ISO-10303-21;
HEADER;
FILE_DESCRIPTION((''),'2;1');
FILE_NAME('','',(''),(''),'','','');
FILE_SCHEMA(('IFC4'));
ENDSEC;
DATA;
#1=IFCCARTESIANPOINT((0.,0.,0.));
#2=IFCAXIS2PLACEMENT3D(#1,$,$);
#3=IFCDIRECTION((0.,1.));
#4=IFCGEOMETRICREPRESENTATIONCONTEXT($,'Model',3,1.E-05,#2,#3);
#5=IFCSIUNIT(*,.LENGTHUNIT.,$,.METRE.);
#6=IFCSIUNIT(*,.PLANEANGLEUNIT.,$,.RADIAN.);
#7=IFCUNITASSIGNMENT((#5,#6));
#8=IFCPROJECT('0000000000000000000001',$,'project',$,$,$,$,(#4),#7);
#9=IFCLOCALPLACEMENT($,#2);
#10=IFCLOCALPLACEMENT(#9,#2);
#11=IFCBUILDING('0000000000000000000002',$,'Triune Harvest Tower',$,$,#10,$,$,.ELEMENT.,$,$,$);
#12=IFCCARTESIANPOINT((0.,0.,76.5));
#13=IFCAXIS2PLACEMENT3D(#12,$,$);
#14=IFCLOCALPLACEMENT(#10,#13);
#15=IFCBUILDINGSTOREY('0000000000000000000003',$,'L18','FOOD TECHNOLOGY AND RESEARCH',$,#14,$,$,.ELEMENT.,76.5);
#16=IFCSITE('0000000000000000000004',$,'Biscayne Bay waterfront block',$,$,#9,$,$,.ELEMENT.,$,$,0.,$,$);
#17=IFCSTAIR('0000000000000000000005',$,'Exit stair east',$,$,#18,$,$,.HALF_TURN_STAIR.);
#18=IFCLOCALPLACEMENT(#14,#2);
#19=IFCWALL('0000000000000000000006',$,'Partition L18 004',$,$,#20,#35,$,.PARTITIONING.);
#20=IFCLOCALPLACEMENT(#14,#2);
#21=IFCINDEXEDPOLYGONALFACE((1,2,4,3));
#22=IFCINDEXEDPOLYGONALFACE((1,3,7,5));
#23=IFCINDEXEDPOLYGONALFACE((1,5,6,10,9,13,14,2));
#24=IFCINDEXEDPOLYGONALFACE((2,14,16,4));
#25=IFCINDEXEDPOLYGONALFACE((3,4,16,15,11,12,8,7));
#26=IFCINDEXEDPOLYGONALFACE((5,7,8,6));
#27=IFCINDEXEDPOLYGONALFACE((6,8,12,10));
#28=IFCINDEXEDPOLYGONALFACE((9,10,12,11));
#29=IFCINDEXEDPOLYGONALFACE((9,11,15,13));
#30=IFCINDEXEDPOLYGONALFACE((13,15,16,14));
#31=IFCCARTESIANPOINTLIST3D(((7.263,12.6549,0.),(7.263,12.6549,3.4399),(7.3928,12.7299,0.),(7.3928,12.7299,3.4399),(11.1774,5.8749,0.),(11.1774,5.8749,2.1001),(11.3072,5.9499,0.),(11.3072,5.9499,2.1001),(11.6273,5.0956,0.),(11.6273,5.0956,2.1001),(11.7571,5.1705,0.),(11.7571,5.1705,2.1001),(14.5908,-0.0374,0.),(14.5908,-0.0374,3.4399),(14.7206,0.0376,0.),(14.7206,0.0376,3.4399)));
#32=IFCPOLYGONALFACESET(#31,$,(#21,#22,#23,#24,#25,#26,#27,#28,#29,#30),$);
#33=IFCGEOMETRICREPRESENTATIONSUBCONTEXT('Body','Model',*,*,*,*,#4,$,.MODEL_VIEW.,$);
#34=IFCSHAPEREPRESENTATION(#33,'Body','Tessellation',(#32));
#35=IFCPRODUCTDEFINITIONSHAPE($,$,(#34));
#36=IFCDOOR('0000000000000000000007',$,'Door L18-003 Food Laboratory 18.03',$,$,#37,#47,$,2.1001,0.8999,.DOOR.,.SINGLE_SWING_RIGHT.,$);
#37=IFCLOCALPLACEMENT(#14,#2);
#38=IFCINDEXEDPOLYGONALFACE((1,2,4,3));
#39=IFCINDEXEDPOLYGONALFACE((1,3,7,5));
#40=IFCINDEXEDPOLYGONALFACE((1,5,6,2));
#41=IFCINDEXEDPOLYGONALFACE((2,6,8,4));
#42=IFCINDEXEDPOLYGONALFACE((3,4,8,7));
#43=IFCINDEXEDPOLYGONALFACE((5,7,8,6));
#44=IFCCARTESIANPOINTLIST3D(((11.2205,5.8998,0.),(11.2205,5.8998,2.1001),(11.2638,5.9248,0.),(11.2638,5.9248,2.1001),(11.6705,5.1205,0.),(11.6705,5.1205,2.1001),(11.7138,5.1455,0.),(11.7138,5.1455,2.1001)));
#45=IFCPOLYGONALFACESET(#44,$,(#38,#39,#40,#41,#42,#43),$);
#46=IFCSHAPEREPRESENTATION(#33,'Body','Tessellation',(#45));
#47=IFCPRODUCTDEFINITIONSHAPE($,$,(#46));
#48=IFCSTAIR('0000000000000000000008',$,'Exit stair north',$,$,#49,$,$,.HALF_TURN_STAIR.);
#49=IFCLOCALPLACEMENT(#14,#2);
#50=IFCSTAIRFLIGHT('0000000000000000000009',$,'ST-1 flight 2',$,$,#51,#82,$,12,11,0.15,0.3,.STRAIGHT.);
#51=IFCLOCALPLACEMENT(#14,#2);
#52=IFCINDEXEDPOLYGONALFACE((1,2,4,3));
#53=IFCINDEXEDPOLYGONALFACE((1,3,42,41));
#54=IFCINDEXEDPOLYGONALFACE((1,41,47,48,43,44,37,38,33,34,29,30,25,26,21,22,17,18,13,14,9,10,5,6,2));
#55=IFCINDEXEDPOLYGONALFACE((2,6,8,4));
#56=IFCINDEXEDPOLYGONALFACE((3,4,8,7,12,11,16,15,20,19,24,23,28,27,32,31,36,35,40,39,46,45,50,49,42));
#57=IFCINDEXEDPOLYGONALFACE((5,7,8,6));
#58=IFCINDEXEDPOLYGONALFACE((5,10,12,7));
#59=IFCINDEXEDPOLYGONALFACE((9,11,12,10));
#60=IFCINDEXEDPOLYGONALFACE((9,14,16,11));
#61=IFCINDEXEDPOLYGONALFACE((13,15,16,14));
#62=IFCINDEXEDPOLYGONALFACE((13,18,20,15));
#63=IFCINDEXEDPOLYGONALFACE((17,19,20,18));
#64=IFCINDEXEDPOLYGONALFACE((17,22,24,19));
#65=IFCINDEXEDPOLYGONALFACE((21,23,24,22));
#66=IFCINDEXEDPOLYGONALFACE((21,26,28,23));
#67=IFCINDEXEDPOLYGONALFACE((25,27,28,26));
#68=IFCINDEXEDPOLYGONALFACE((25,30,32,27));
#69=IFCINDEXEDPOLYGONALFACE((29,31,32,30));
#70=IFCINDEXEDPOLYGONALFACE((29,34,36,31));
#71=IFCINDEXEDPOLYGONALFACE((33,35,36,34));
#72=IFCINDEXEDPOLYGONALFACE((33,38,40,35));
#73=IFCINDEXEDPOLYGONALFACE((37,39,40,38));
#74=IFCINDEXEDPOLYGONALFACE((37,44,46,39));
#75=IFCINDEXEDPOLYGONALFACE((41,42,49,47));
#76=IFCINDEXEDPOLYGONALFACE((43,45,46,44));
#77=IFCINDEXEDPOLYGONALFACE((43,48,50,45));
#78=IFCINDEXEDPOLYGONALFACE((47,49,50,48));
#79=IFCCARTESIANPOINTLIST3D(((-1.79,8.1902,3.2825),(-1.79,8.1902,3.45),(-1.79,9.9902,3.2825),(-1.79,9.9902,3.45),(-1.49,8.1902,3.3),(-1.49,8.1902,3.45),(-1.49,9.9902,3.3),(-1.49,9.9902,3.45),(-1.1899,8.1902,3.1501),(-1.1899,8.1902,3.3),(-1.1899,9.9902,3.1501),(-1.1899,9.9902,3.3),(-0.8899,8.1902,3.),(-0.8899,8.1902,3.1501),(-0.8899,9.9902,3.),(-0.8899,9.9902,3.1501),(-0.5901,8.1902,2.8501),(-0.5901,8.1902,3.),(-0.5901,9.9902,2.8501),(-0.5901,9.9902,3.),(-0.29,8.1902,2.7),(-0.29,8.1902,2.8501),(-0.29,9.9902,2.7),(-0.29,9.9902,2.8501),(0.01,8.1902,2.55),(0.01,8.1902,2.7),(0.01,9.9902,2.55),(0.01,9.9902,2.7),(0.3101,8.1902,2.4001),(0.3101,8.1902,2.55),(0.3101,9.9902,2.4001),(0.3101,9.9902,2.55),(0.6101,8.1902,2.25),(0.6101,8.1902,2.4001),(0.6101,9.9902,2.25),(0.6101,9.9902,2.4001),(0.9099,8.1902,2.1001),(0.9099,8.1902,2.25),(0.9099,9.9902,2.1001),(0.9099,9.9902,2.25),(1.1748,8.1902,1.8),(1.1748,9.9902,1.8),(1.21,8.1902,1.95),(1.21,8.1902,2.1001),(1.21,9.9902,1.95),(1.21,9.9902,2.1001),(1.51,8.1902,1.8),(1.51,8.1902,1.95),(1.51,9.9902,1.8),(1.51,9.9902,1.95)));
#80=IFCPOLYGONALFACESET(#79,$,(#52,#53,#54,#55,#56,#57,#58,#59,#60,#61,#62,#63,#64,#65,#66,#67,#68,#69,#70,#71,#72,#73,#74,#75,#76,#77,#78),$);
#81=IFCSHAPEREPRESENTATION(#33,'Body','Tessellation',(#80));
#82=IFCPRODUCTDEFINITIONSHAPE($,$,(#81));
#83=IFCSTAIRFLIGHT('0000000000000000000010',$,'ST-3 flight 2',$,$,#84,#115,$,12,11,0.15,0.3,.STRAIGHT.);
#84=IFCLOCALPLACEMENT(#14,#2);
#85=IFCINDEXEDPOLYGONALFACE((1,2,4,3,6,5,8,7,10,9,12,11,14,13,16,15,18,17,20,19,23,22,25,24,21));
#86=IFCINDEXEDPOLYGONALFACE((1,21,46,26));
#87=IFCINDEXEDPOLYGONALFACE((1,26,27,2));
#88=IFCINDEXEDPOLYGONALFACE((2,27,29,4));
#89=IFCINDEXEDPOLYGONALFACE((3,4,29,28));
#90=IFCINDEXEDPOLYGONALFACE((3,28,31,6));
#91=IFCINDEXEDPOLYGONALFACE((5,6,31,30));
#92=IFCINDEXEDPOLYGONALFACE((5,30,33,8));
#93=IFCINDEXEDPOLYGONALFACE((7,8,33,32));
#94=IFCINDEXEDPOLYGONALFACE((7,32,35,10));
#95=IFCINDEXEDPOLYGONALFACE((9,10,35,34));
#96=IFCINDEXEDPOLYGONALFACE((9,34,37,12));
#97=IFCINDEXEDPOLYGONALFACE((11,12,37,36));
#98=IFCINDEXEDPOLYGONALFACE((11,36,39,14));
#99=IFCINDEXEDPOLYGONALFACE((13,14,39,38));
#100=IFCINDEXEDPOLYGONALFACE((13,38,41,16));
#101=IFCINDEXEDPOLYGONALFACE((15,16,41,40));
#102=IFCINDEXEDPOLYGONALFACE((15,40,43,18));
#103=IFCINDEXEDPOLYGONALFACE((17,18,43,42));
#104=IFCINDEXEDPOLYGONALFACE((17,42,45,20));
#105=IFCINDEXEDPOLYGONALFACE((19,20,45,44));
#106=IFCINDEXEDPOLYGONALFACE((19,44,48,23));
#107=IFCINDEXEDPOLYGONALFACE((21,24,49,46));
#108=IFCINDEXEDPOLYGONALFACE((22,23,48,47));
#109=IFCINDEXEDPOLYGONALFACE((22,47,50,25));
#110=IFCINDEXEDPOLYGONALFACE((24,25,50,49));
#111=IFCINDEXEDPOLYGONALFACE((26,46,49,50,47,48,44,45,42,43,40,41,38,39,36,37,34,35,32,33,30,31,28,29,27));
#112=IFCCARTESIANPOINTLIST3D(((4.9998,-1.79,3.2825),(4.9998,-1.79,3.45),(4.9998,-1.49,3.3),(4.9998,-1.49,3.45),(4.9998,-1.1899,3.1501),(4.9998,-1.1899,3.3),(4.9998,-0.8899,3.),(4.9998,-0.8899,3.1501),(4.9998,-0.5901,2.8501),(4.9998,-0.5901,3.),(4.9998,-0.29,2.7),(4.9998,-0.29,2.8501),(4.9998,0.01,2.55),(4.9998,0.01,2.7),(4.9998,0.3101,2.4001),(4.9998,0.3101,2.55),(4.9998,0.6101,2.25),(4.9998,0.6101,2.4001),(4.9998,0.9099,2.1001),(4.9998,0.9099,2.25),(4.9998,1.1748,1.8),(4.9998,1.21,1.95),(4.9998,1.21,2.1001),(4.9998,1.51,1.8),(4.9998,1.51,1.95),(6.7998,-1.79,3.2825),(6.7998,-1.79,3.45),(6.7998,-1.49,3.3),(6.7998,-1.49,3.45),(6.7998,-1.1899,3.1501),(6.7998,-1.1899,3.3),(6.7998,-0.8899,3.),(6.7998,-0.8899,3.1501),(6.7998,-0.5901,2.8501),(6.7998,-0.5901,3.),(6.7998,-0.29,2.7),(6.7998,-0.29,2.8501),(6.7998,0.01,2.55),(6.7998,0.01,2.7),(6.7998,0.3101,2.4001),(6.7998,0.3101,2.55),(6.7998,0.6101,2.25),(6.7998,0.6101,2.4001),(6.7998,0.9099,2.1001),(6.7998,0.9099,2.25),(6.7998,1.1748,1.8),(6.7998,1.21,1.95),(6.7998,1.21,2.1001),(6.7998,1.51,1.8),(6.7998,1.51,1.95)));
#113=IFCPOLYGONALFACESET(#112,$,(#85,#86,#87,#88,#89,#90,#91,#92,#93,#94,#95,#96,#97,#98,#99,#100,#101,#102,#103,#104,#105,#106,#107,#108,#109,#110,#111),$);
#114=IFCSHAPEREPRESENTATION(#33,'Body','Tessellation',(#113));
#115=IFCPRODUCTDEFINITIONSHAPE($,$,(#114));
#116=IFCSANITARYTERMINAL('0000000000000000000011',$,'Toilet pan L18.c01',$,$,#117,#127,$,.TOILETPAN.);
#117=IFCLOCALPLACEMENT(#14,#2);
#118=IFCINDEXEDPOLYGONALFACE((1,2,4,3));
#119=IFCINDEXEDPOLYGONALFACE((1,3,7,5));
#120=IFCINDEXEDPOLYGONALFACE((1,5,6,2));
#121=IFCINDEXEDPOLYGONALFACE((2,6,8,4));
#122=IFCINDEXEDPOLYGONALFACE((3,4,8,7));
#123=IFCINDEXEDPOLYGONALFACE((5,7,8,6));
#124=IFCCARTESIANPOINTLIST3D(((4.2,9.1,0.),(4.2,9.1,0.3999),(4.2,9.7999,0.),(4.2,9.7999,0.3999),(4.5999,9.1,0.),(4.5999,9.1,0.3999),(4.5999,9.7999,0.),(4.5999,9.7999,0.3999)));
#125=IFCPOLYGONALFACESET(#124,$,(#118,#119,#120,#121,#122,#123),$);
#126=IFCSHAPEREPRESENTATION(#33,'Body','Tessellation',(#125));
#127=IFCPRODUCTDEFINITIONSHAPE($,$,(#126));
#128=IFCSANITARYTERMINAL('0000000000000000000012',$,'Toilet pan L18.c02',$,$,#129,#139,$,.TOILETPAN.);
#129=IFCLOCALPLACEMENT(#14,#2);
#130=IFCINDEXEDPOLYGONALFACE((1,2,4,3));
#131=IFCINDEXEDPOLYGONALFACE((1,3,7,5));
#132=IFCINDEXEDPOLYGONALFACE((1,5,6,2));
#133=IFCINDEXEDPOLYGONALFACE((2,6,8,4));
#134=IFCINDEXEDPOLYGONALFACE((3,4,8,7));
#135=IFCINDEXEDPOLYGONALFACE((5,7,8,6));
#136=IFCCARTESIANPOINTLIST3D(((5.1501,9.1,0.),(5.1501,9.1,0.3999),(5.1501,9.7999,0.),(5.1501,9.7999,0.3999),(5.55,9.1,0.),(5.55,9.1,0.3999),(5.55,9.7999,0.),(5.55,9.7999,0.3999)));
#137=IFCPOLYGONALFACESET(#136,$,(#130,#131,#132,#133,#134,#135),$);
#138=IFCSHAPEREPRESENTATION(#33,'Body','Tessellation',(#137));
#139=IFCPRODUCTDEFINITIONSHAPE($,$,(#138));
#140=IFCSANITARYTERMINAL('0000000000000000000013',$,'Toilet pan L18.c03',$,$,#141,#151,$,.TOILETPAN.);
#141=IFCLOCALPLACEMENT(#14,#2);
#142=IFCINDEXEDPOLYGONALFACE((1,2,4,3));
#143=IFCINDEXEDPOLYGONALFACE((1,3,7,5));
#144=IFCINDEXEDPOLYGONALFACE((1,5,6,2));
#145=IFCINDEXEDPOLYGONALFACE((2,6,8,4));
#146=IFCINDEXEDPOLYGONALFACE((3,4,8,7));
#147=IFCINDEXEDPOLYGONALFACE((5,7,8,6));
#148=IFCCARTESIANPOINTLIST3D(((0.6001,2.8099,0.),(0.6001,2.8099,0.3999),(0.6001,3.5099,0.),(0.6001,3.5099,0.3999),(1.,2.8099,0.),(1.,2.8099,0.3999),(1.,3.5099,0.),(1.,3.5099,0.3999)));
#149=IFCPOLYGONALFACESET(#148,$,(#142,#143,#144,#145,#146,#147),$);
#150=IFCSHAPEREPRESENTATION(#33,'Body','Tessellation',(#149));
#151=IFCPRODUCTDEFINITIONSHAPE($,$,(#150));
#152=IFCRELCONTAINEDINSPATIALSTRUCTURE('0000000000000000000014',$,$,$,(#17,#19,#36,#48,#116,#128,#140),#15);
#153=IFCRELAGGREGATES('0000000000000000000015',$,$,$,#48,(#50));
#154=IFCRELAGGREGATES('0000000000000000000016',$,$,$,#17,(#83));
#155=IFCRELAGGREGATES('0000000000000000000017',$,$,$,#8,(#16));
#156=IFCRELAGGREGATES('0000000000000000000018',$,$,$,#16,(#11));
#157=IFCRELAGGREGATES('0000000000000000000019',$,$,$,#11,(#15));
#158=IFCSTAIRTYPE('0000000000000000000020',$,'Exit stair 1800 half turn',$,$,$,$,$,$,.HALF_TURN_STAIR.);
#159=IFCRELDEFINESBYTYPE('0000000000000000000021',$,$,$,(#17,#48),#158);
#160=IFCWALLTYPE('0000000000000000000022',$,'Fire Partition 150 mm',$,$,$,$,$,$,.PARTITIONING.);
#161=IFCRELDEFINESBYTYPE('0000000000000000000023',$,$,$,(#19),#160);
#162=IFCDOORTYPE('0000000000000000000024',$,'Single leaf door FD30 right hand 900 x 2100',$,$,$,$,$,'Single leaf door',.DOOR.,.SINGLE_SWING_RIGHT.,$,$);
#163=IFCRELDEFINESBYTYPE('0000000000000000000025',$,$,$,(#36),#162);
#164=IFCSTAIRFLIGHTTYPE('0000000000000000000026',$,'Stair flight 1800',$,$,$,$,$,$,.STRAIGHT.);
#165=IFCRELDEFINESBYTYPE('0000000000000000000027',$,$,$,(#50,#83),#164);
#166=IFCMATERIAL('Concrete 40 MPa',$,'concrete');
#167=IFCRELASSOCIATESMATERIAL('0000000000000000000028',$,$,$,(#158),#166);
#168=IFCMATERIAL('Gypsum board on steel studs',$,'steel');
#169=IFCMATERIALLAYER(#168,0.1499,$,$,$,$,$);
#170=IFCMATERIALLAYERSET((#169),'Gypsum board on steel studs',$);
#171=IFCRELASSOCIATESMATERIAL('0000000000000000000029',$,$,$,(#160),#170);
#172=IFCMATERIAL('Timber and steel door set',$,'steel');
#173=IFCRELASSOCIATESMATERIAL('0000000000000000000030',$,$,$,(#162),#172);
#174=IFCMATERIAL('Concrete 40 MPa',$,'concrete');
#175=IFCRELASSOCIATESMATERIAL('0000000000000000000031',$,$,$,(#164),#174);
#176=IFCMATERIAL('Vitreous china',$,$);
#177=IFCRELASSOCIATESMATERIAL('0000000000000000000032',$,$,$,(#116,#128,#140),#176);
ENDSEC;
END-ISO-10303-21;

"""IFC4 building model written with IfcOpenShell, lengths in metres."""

from ifc_helpers import new_model, si_unit, direction, frame, frame_2d, origin, origin_2d, place, context, subcontext, project, spatial, polyline, rectangle, outline, extrude, source, transform, mapped, material, layer, layer_set, type_object, element, fill, aggregate, save


model = new_model("IFC4")

# Units and contexts
model_context = context("Model", 3, precision=1e-05, world=origin(), true_north=direction((0.0, 1.0)))
body_context = subcontext(model_context, "Body", "Model", "MODEL_VIEW")
ifc_project = project(units=[si_unit("LENGTHUNIT", "METRE"), si_unit("PLANEANGLEUNIT", "RADIAN")], contexts=[model_context])

# Site, building, storey
site_placement = place(None, origin())
site = spatial("IfcSite", under=ifc_project, at=site_placement, Name="Biscayne Bay waterfront block", CompositionType="ELEMENT", RefElevation=0.0)
building_placement = place(site_placement, origin())
building = spatial("IfcBuilding", under=site, at=building_placement, Name="Triune Harvest Tower", CompositionType="ELEMENT")
storey_placement = place(building_placement, frame((0.0, 0.0, 76.5)))
storey = spatial("IfcBuildingStorey", under=building, at=storey_placement, Name="L18", Description="FOOD TECHNOLOGY AND RESEARCH", CompositionType="ELEMENT", Elevation=76.5)

# Shared definitions
ifc_material_1 = material(Name="Concrete 40 MPa", Category="concrete")
stair_type = type_object("IfcStairType", Name="Exit stair 1800 half turn", PredefinedType="HALF_TURN_STAIR", material=ifc_material_1)

# Stair
stair_1_placement = place(storey_placement, origin())
stair_1 = element("IfcStair", 1, at=stair_1_placement, inside=storey, type_object=stair_type, Name="Exit stair east", PredefinedType="HALF_TURN_STAIR")

# Wall, opening, door
ifc_material_2 = material(Name="Gypsum board on steel studs", Category="steel")
ifc_layer_1 = layer(ifc_material_2, 0.1499)
ifc_layer_set_1 = layer_set([ifc_layer_1], Name="Gypsum board on steel studs")
wall_type_1 = type_object("IfcWallType", Name="Fire Partition 150 mm", PredefinedType="PARTITIONING", material=ifc_layer_set_1)
shared_shape_1 = source(origin(), body_context, "Body", "SweptSolid", [
    extrude(rectangle(XDim=14.6558, YDim=0.1499, at=frame_2d((7.3279, 0.0))), origin(), (0.0, 0.0, 1.0), 3.4399),
])
wall_1_placement = place(storey_placement, frame((7.3279, 12.6924, 0.0), z_axis=(0.0, 0.0, 1.0), x_axis=(0.499996, -0.866027, 0.0)))
wall_1 = element("IfcWall", 2, at=wall_1_placement, inside=storey, type_object=wall_type_1, Name="Partition L18 004", PredefinedType="PARTITIONING", context=body_context, shape_type="MappedRepresentation", body=[
    mapped(shared_shape_1, transform((0.0, 0.0, 0.0), scale=1.0)),
])
opening_1_placement = place(wall_1_placement, frame((7.8289, 0.0, 0.0)))
opening_1 = element("IfcOpeningElement", 3, at=opening_1_placement, cuts=wall_1, PredefinedType="OPENING", context=body_context, shape_type="SweptSolid", body=[
    extrude(rectangle(XDim=0.8999, YDim=2.1001, at=frame_2d((0.45, 1.05))), frame((0.0, 0.085, 0.0), z_axis=(0.0, -1.0, 0.0), x_axis=(1.0, 0.0, 0.0)), (0.0, 0.0, 1.0), 0.1699),
])
ifc_material_3 = material(Name="Timber and steel door set", Category="steel")
door_type_1 = type_object("IfcDoorType", Name="Single leaf door FD30 right hand 900 x 2100", ElementType="Single leaf door", OperationType="SINGLE_SWING_RIGHT", PredefinedType="DOOR", material=ifc_material_3)
door_1_placement = place(opening_1_placement, origin())
door_1 = element("IfcDoor", 4, at=door_1_placement, inside=storey, type_object=door_type_1, Name="Door L18-003 Food Laboratory 18.03", OperationType="SINGLE_SWING_RIGHT", OverallHeight=2.1001, OverallWidth=0.8999, PredefinedType="DOOR", context=body_context, shape_type="SweptSolid", body=[
    extrude(rectangle(XDim=0.8999, YDim=2.1001, at=frame_2d((0.45, 1.05))), frame((0.0, 0.0249, 0.0), z_axis=(0.0, -1.0, 0.0), x_axis=(1.0, 0.0, 0.0)), (0.0, 0.0, 1.0), 0.05),
])
fill(opening_1, door_1)

# Stair, stair flight
stair_2_placement = place(storey_placement, origin())
stair_2 = element("IfcStair", 5, at=stair_2_placement, inside=storey, type_object=stair_type, Name="Exit stair north", PredefinedType="HALF_TURN_STAIR")
ifc_material_4 = material(Name="Concrete 40 MPa", Category="concrete")
stair_flight_type = type_object("IfcStairFlightType", Name="Stair flight 1800", PredefinedType="STRAIGHT", material=ifc_material_4)
shared_shape_2 = source(origin(), body_context, "Body", "SweptSolid", [
    extrude(outline(polyline([(0.0, 0.0), (0.0, 0.1499), (0.3, 0.1499), (0.3, 0.3), (0.6001, 0.3), (0.6001, 0.45), (0.8999, 0.45), (0.8999, 0.6001), (1.2, 0.6001), (1.2, 0.75), (1.5, 0.75), (1.5, 0.8999), (1.8, 0.8999), (1.8, 1.05), (2.1001, 1.05), (2.1001, 1.2), (2.3999, 1.2), (2.3999, 1.3501), (2.7, 1.3501), (2.7, 1.5), (3.0, 1.5), (3.0, 1.6499), (3.3, 1.6499), (3.3, 1.8), (3.3, 1.4824), (0.3352, 0.0), (0.0, 0.0)])), frame((0.0, 0.8999, 0.0), z_axis=(0.0, -1.0, 0.0), x_axis=(1.0, 0.0, 0.0)), (0.0, 0.0, 1.0), 1.8),
])
stair_flight_1_placement = place(storey_placement, frame((1.51, 9.0901, 1.8), z_axis=(0.0, 0.0, 1.0), x_axis=(-1.0, 0.0, 0.0)))
stair_flight_1 = element("IfcStairFlight", 6, at=stair_flight_1_placement, type_object=stair_flight_type, Name="ST-1 flight 2", NumberOfRisers=12, NumberOfTreads=11, PredefinedType="STRAIGHT", RiserHeight=0.15, TreadLength=0.3, context=body_context, shape_type="MappedRepresentation", body=[
    mapped(shared_shape_2, transform((0.0, 0.0, 0.0), scale=1.0)),
])
aggregate(stair_2, [stair_flight_1])

# Stair flight
stair_flight_2_placement = place(storey_placement, frame((5.8999, 1.51, 1.8), z_axis=(0.0, 0.0, 1.0), x_axis=(0.0, -1.0, 0.0)))
stair_flight_2 = element("IfcStairFlight", 7, at=stair_flight_2_placement, type_object=stair_flight_type, Name="ST-3 flight 2", NumberOfRisers=12, NumberOfTreads=11, PredefinedType="STRAIGHT", RiserHeight=0.15, TreadLength=0.3, context=body_context, shape_type="MappedRepresentation", body=[
    mapped(shared_shape_2, transform((0.0, 0.0, 0.0), scale=1.0)),
])
aggregate(stair_1, [stair_flight_2])

# Sanitary terminals
ifc_material_5 = material(Name="Vitreous china")
shared_shape_3 = source(origin(), body_context, "Body", "SweptSolid", [
    extrude(rectangle(XDim=0.3999, YDim=0.7, at=origin_2d()), origin(), (0.0, 0.0, 1.0), 0.3999),
])
for number, where, z_axis, x_axis, name in (
    (8, (4.3999, 9.45, 0.0), (0.0, 0.0, 1.0), (1.0, 0.0, 0.0), "Toilet pan L18.c01"),
    (9, (5.3501, 9.45, 0.0), (0.0, 0.0, 1.0), (1.0, 0.0, 0.0), "Toilet pan L18.c02"),
    (10, (0.8, 3.1599, 0.0), (0.0, 0.0, 1.0), (-1.0, 0.0, 0.0), "Toilet pan L18.c03"),
):
    element("IfcSanitaryTerminal", number, at=place(storey_placement, frame(where, z_axis=z_axis, x_axis=x_axis)), inside=storey, material=ifc_material_5, Name=name, PredefinedType="TOILETPAN", context=body_context, shape_type="MappedRepresentation", body=[
        mapped(shared_shape_3, transform((0.0, 0.0, 0.0), scale=1.0)),
    ])

save(model, "model.ifc")
